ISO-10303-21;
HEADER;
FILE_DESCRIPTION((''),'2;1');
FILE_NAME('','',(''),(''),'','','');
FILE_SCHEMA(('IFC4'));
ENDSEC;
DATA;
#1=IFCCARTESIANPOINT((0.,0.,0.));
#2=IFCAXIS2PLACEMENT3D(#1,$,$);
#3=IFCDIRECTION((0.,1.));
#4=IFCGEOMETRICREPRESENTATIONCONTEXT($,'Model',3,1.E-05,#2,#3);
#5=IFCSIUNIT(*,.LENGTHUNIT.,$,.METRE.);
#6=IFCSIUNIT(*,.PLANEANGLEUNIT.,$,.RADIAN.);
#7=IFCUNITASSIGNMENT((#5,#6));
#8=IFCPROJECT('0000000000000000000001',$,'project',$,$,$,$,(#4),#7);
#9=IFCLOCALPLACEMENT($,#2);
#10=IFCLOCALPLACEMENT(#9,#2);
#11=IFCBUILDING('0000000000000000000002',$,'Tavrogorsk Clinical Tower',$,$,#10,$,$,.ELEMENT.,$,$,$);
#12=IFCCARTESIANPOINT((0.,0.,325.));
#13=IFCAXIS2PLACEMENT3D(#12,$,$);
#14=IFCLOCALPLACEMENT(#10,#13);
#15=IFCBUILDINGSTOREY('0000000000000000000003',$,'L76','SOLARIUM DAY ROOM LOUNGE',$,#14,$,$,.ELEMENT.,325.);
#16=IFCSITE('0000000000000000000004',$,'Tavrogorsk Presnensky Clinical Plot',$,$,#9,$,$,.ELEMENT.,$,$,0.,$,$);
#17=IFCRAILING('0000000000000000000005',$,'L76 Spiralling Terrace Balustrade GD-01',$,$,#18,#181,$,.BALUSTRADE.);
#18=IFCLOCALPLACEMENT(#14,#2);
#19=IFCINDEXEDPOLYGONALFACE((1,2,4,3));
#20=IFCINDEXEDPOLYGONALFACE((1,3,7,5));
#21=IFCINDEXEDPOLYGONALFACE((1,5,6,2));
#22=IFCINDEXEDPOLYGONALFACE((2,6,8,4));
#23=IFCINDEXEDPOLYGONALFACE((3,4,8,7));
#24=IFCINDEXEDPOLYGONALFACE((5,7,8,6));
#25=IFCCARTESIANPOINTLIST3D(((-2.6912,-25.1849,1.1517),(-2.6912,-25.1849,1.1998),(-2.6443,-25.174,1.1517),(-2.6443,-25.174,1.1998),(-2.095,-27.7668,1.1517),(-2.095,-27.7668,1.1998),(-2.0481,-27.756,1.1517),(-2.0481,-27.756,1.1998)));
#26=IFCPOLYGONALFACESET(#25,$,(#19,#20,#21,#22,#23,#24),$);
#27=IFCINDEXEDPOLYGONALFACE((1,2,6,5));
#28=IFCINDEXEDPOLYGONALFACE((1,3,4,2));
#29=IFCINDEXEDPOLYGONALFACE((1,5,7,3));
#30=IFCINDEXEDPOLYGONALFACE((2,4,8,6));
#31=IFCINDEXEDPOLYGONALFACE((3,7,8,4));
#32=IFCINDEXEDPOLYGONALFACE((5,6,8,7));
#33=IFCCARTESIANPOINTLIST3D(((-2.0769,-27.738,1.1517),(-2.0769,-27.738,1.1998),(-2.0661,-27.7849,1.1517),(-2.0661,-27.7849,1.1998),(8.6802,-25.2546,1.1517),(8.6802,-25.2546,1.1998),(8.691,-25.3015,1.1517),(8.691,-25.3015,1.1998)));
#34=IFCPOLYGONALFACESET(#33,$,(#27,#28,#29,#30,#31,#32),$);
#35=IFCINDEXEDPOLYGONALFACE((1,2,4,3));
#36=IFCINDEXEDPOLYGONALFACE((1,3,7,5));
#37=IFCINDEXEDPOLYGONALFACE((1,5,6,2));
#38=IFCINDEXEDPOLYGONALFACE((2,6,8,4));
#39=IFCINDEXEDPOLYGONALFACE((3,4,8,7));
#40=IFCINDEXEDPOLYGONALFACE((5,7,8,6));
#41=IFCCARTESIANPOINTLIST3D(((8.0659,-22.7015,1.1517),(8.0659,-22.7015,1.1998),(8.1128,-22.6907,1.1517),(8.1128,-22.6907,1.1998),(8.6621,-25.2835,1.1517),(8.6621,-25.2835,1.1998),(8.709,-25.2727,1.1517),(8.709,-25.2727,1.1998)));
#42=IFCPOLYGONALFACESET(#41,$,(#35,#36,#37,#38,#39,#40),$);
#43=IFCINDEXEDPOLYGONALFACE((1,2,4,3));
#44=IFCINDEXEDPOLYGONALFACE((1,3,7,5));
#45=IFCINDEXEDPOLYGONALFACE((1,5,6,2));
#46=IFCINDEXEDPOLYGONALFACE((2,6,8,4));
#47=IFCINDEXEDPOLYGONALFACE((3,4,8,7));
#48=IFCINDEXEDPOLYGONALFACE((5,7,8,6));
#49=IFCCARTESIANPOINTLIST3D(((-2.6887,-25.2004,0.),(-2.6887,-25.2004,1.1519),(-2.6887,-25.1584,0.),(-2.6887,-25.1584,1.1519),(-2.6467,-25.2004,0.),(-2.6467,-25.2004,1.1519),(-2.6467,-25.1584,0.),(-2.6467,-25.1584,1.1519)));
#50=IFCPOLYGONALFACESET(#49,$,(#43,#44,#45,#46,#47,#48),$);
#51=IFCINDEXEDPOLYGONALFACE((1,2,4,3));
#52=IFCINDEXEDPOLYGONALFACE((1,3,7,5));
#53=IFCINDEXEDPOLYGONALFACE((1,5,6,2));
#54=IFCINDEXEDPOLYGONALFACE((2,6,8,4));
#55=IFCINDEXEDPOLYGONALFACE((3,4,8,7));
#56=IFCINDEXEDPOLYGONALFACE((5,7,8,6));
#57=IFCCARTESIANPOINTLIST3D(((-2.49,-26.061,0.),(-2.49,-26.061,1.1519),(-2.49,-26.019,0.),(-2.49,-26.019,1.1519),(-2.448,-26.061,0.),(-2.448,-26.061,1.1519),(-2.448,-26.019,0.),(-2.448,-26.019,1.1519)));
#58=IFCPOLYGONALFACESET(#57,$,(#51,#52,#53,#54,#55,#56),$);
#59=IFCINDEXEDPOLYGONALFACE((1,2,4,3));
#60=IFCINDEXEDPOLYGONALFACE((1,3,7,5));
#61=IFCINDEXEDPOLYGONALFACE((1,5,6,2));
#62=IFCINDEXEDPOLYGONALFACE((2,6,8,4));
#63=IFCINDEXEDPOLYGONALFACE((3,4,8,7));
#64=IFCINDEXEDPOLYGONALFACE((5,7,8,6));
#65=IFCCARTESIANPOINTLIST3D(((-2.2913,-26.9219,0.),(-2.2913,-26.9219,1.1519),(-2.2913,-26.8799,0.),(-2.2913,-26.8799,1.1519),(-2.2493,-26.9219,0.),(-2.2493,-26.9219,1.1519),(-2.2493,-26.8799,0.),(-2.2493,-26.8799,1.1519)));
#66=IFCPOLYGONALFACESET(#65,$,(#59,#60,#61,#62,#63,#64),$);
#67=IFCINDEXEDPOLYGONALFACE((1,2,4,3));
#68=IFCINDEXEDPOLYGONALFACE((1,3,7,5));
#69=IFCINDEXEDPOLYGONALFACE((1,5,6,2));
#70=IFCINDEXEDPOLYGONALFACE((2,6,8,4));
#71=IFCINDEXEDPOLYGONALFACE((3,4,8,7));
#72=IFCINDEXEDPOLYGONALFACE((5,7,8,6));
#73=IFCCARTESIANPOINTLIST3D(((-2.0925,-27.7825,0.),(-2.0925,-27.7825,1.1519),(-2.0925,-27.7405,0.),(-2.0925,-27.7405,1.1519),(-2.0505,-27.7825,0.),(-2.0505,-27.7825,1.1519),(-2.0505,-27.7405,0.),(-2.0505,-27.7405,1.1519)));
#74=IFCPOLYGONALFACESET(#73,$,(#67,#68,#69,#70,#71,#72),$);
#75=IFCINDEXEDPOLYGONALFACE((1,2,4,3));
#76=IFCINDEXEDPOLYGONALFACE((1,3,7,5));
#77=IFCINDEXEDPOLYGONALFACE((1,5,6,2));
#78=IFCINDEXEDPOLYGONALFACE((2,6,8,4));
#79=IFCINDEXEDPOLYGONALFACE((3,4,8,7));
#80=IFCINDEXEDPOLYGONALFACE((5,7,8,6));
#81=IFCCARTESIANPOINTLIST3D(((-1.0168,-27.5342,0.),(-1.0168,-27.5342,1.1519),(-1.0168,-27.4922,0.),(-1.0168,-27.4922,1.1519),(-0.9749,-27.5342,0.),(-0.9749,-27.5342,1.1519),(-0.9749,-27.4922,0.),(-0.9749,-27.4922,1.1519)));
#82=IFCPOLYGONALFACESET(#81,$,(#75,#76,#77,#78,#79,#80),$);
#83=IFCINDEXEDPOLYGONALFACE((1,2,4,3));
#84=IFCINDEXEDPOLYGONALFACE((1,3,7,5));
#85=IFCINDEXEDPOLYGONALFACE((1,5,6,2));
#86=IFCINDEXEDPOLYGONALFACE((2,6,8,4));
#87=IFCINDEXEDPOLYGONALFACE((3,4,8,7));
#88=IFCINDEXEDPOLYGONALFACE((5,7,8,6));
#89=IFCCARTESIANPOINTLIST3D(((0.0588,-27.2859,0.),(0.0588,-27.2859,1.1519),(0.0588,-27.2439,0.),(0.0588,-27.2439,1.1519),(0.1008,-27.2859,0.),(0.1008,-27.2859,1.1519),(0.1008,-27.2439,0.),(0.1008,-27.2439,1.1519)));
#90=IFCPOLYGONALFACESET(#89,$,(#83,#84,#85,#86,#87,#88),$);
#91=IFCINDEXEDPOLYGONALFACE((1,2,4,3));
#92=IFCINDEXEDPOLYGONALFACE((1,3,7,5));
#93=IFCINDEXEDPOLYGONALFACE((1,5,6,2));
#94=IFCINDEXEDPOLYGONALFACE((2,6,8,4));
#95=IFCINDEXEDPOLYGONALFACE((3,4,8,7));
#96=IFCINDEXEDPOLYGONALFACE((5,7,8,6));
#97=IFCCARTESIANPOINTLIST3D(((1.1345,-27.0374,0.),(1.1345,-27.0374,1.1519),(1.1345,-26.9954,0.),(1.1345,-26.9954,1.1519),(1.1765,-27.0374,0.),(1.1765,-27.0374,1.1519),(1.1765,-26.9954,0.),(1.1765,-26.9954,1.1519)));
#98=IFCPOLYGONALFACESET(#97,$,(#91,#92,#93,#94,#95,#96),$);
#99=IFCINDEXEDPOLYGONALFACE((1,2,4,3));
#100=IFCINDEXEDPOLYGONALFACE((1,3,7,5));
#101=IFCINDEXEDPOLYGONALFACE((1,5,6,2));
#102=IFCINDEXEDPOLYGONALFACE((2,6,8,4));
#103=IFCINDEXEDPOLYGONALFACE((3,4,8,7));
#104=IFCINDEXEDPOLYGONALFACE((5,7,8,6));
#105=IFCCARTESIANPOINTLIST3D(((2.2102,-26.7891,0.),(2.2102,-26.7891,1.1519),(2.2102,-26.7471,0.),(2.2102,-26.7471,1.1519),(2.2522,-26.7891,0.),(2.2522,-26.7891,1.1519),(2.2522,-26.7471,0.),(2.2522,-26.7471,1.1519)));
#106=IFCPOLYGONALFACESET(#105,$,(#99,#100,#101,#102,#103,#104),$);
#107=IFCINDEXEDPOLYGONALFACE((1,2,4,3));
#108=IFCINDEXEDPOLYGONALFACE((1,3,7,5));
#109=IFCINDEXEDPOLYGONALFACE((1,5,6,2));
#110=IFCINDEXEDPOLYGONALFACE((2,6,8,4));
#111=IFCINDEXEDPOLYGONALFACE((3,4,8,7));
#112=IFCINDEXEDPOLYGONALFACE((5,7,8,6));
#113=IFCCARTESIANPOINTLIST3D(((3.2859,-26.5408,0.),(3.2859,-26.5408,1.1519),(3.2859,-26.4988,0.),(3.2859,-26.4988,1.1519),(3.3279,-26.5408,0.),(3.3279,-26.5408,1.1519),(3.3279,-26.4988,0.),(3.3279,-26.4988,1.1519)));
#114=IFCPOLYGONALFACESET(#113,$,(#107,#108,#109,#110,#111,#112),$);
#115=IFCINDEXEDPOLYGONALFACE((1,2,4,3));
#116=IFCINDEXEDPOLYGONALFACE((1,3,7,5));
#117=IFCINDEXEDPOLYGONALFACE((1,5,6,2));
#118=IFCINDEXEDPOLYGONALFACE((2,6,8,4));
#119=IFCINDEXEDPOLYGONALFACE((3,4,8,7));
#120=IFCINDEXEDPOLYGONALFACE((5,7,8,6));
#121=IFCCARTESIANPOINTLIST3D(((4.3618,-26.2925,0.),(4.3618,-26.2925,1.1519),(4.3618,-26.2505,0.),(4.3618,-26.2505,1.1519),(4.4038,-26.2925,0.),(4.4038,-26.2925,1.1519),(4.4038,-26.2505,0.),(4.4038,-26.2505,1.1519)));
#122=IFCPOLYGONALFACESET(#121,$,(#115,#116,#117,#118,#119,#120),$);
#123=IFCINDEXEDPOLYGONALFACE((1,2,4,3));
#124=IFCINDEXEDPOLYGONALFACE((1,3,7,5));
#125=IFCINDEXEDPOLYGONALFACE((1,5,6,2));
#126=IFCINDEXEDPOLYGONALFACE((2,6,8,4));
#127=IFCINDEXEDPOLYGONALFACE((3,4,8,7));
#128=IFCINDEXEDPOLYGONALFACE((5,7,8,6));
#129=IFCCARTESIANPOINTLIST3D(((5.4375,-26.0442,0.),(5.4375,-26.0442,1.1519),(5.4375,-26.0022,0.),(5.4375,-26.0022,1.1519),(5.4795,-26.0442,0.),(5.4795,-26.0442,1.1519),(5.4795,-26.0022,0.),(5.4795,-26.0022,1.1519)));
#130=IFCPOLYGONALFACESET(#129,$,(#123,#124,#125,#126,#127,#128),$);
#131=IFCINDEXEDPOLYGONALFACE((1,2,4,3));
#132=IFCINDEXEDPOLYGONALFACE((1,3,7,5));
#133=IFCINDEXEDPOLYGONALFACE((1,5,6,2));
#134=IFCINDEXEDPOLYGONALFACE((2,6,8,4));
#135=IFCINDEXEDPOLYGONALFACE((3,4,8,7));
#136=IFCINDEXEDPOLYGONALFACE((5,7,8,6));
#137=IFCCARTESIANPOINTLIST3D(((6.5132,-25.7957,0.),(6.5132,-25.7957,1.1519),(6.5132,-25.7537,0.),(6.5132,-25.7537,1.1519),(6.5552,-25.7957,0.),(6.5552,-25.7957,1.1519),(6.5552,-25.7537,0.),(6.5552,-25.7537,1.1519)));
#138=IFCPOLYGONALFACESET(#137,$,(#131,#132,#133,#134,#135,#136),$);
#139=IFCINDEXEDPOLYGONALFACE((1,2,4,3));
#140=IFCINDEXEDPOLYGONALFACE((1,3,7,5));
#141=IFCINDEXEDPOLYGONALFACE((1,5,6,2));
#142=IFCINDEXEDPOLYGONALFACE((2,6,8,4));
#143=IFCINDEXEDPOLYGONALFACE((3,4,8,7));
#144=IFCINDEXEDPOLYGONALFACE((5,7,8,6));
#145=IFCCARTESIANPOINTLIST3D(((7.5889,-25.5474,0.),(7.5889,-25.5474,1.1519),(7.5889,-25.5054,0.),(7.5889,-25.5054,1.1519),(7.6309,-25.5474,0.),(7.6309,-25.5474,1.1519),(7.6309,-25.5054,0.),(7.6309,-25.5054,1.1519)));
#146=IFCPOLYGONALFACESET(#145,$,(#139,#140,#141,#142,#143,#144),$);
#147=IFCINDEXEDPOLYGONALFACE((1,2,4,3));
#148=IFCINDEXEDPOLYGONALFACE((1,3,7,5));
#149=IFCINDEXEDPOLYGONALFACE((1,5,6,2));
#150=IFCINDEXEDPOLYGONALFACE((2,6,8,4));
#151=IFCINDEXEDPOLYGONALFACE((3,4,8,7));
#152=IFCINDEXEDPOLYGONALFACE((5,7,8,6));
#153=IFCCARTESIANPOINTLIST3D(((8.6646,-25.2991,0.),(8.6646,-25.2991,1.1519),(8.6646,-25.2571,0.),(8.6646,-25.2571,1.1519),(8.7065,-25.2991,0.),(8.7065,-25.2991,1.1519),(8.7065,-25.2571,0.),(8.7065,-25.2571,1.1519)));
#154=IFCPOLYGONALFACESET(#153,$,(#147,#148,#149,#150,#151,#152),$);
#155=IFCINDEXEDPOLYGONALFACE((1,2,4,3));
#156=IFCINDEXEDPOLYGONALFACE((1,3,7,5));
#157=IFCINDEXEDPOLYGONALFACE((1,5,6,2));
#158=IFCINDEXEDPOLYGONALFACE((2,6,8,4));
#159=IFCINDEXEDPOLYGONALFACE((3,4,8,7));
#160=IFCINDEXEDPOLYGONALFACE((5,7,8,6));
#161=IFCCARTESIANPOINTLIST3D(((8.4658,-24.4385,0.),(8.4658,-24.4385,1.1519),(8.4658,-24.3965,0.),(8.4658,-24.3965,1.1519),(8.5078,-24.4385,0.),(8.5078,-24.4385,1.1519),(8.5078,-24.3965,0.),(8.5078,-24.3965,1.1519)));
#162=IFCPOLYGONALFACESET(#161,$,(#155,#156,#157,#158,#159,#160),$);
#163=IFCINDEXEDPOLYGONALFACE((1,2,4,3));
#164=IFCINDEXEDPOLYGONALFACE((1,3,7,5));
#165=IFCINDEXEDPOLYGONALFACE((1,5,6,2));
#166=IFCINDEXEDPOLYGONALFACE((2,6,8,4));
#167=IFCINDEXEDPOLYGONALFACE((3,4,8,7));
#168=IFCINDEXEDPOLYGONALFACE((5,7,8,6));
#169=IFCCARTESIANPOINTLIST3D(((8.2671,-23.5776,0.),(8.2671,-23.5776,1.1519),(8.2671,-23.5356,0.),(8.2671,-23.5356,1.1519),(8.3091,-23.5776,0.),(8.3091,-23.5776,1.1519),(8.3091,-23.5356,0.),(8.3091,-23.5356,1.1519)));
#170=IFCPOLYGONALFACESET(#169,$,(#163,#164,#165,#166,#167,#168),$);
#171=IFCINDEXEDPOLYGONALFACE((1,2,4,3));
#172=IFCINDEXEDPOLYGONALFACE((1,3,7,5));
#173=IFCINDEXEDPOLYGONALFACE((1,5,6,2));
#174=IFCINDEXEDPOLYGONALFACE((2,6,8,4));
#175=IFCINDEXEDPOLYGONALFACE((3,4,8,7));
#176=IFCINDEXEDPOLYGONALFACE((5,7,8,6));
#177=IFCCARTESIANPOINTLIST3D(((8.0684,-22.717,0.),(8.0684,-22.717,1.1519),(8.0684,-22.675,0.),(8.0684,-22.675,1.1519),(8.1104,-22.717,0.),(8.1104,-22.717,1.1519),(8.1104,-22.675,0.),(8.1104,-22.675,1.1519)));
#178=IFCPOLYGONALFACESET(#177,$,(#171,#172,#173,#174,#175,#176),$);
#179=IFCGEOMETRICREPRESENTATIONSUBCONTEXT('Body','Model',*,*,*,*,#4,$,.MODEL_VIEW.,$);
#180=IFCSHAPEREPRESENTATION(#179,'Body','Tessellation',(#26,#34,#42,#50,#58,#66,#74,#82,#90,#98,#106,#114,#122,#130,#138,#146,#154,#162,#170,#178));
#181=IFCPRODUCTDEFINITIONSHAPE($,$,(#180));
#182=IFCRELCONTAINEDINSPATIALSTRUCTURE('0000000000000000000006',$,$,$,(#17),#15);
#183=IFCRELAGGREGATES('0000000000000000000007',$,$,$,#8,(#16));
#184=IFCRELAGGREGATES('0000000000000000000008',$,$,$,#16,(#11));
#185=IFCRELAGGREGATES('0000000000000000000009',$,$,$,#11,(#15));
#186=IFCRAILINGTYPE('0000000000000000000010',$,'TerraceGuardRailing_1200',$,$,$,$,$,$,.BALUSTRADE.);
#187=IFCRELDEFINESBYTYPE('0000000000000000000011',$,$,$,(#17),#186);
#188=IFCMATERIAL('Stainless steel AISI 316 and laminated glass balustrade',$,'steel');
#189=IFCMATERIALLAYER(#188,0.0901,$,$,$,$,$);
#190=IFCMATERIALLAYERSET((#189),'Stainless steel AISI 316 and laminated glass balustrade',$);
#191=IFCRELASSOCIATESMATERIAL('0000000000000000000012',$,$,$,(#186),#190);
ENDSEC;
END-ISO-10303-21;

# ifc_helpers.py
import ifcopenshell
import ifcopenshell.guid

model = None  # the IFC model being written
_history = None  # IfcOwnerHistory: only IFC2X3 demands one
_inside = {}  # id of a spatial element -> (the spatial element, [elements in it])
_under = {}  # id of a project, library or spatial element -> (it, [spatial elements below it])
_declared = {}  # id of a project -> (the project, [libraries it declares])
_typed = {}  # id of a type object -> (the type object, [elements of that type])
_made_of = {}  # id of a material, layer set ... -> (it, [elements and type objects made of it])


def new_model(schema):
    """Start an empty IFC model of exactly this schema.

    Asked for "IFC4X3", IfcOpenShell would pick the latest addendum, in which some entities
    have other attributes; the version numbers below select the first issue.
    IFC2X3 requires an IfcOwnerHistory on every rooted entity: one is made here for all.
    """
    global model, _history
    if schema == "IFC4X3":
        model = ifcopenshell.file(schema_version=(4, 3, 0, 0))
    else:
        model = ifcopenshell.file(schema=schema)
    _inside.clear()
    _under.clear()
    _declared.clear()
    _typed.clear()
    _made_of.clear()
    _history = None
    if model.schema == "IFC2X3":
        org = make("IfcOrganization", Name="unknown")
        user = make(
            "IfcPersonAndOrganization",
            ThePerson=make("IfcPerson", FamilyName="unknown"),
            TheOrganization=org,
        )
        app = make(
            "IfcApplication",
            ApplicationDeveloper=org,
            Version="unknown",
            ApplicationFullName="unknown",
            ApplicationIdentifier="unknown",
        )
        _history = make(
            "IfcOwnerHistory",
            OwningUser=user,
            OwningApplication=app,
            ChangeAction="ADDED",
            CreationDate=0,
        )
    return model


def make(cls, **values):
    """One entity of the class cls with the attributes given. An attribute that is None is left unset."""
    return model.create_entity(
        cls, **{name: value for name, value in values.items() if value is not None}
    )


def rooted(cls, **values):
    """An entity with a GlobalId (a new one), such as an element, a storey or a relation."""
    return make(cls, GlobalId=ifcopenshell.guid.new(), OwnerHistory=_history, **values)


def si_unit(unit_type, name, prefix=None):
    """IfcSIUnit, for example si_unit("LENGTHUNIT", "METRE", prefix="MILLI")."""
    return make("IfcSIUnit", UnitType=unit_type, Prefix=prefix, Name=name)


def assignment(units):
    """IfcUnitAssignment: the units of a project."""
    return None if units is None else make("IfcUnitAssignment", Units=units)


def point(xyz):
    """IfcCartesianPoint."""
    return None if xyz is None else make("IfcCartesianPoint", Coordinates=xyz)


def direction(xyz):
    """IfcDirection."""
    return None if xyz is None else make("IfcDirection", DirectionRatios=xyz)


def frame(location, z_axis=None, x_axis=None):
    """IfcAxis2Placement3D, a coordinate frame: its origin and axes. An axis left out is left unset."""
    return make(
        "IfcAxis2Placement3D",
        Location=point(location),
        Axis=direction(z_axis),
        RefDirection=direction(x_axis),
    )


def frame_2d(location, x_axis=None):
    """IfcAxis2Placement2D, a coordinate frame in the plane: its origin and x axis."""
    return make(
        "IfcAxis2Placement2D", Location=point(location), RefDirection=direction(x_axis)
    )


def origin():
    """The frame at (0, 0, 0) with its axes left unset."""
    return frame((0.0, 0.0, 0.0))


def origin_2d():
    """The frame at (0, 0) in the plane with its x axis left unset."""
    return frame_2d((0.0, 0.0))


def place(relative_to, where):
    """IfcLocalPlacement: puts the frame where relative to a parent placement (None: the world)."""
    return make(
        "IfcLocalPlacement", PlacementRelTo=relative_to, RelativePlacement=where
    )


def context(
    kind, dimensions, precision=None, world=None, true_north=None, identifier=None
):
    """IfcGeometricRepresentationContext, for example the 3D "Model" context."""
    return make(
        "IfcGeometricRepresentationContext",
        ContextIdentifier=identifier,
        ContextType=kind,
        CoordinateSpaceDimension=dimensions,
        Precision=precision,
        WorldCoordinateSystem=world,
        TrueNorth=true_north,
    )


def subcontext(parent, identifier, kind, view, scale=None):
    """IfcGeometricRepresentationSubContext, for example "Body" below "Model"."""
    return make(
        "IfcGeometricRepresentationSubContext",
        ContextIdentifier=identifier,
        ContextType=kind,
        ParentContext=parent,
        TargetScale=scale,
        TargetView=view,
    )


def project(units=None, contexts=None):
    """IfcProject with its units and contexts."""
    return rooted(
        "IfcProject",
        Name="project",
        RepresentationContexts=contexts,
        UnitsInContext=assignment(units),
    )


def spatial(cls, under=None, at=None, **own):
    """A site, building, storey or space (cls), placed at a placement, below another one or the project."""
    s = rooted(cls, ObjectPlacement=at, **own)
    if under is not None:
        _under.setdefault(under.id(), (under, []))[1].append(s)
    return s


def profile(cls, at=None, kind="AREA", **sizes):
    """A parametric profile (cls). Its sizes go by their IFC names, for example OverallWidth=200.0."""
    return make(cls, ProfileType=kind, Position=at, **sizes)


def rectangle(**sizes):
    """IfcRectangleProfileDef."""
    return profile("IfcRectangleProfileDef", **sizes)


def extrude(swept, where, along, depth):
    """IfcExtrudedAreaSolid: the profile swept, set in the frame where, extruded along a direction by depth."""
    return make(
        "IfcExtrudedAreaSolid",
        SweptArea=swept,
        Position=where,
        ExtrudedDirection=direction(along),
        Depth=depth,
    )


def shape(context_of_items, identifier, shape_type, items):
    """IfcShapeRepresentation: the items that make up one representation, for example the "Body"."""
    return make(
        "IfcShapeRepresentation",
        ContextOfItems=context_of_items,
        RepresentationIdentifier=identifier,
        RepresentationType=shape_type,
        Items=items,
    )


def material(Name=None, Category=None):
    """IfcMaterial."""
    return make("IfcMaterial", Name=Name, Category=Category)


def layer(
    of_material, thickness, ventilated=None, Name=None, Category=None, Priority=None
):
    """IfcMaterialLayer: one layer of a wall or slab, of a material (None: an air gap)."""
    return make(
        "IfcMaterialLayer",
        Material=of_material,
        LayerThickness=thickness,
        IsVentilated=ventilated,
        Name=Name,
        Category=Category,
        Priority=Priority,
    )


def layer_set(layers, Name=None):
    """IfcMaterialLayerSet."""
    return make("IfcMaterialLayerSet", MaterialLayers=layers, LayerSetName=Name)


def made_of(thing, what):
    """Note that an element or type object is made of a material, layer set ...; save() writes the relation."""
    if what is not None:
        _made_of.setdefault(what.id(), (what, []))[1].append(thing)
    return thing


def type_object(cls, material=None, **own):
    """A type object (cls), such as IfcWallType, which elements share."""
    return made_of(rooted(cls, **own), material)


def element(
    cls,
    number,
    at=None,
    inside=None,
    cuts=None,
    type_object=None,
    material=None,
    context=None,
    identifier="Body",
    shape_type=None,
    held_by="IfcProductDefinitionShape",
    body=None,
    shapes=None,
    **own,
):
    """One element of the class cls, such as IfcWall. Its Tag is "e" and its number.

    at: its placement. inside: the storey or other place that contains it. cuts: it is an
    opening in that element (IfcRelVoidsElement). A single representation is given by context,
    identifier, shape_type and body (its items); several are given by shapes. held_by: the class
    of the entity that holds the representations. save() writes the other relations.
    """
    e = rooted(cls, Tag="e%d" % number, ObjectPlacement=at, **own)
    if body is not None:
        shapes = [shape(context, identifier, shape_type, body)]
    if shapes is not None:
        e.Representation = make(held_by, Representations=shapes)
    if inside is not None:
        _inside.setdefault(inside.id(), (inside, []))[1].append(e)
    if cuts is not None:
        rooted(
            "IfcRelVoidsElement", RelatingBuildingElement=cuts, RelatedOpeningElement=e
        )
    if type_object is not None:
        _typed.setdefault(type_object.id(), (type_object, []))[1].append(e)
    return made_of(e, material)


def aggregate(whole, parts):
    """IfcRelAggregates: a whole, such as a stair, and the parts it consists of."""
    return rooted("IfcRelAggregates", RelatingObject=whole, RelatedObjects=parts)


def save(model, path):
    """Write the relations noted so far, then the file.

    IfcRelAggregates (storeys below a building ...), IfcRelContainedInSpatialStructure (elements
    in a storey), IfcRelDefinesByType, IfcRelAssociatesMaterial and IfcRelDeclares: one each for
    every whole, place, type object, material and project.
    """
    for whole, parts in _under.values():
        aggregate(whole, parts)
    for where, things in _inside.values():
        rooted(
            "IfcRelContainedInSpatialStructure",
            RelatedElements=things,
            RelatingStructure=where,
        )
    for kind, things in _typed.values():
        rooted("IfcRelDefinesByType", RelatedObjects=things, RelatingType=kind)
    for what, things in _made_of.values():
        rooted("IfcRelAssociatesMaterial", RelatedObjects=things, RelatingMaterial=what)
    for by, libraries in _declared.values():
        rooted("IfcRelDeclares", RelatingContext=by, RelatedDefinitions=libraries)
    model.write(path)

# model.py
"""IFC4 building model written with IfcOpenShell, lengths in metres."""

from ifc_helpers import new_model, si_unit, direction, frame, origin, origin_2d, place, context, subcontext, project, spatial, rectangle, extrude, material, layer, layer_set, type_object, element, save


model = new_model("IFC4")

# Units and contexts
model_context = context("Model", 3, precision=1e-05, world=origin(), true_north=direction((0.0, 1.0)))
body_context = subcontext(model_context, "Body", "Model", "MODEL_VIEW")
ifc_project = project(units=[si_unit("LENGTHUNIT", "METRE"), si_unit("PLANEANGLEUNIT", "RADIAN")], contexts=[model_context])

# Site, building, storey
site_placement = place(None, origin())
site = spatial("IfcSite", under=ifc_project, at=site_placement, Name="Tavrogorsk Presnensky Clinical Plot", CompositionType="ELEMENT", RefElevation=0.0)
building_placement = place(site_placement, origin())
building = spatial("IfcBuilding", under=site, at=building_placement, Name="Tavrogorsk Clinical Tower", CompositionType="ELEMENT")
storey_placement = place(building_placement, frame((0.0, 0.0, 325.0)))
storey = spatial("IfcBuildingStorey", under=building, at=storey_placement, Name="L76", Description="SOLARIUM DAY ROOM LOUNGE", CompositionType="ELEMENT", Elevation=325.0)

# Railing
ifc_material_1 = material(Name="Stainless steel AISI 316 and laminated glass balustrade", Category="steel")
ifc_layer_1 = layer(ifc_material_1, 0.0901)
ifc_layer_set_1 = layer_set([ifc_layer_1], Name="Stainless steel AISI 316 and laminated glass balustrade")
railing_type = type_object("IfcRailingType", Name="TerraceGuardRailing_1200", PredefinedType="BALUSTRADE", material=ifc_layer_set_1)
railing_placement = place(storey_placement, frame((-2.6677, -25.1794, 0.0)))
element("IfcRailing", 1, at=railing_placement, inside=storey, type_object=railing_type, Name="L76 Spiralling Terrace Balustrade GD-01", PredefinedType="BALUSTRADE", context=body_context, shape_type="SweptSolid", body=[
    extrude(rectangle(XDim=0.0481, YDim=0.0481, at=origin_2d()), frame((0.0, 0.0, 1.1758), z_axis=(0.224981, -0.974363, 0.0), x_axis=(0.974363, 0.224981, 0.0)), (0.0, 0.0, 1.0), 2.6499),
    extrude(rectangle(XDim=0.0481, YDim=0.0481, at=origin_2d()), frame((0.5962, -2.582, 1.1758), z_axis=(0.974371, 0.224945, 0.0), x_axis=(-0.224945, 0.974371, 0.0)), (0.0, 0.0, 1.0), 11.04),
    extrude(rectangle(XDim=0.0481, YDim=0.0481, at=origin_2d()), frame((11.3533, -0.0986, 1.1758), z_axis=(-0.224981, 0.974363, 0.0), x_axis=(-0.974363, -0.224981, 0.0)), (0.0, 0.0, 1.0), 2.6499),
    extrude(rectangle(XDim=0.042, YDim=0.042, at=origin_2d()), origin(), (0.0, 0.0, 1.0), 1.1519),
    extrude(rectangle(XDim=0.042, YDim=0.042, at=origin_2d()), frame((0.1987, -0.8606, 0.0)), (0.0, 0.0, 1.0), 1.1519),
    extrude(rectangle(XDim=0.042, YDim=0.042, at=origin_2d()), frame((0.3975, -1.7214, 0.0)), (0.0, 0.0, 1.0), 1.1519),
    extrude(rectangle(XDim=0.042, YDim=0.042, at=origin_2d()), frame((0.5962, -2.582, 0.0)), (0.0, 0.0, 1.0), 1.1519),
    extrude(rectangle(XDim=0.042, YDim=0.042, at=origin_2d()), frame((1.6719, -2.3337, 0.0)), (0.0, 0.0, 1.0), 1.1519),
    extrude(rectangle(XDim=0.042, YDim=0.042, at=origin_2d()), frame((2.7476, -2.0854, 0.0)), (0.0, 0.0, 1.0), 1.1519),
    extrude(rectangle(XDim=0.042, YDim=0.042, at=origin_2d()), frame((3.8232, -1.8369, 0.0)), (0.0, 0.0, 1.0), 1.1519),
    extrude(rectangle(XDim=0.042, YDim=0.042, at=origin_2d()), frame((4.8989, -1.5886, 0.0)), (0.0, 0.0, 1.0), 1.1519),
    extrude(rectangle(XDim=0.042, YDim=0.042, at=origin_2d()), frame((5.9746, -1.3403, 0.0)), (0.0, 0.0, 1.0), 1.1519),
    extrude(rectangle(XDim=0.042, YDim=0.042, at=origin_2d()), frame((7.0505, -1.092, 0.0)), (0.0, 0.0, 1.0), 1.1519),
    extrude(rectangle(XDim=0.042, YDim=0.042, at=origin_2d()), frame((8.1262, -0.8438, 0.0)), (0.0, 0.0, 1.0), 1.1519),
    extrude(rectangle(XDim=0.042, YDim=0.042, at=origin_2d()), frame((9.2019, -0.5952, 0.0)), (0.0, 0.0, 1.0), 1.1519),
    extrude(rectangle(XDim=0.042, YDim=0.042, at=origin_2d()), frame((10.2776, -0.3469, 0.0)), (0.0, 0.0, 1.0), 1.1519),
    extrude(rectangle(XDim=0.042, YDim=0.042, at=origin_2d()), frame((11.3533, -0.0986, 0.0)), (0.0, 0.0, 1.0), 1.1519),
    extrude(rectangle(XDim=0.042, YDim=0.042, at=origin_2d()), frame((11.1545, 0.762, 0.0)), (0.0, 0.0, 1.0), 1.1519),
    extrude(rectangle(XDim=0.042, YDim=0.042, at=origin_2d()), frame((10.9558, 1.6228, 0.0)), (0.0, 0.0, 1.0), 1.1519),
    extrude(rectangle(XDim=0.042, YDim=0.042, at=origin_2d()), frame((10.7571, 2.4834, 0.0)), (0.0, 0.0, 1.0), 1.1519),
])

save(model, "model.ifc")
